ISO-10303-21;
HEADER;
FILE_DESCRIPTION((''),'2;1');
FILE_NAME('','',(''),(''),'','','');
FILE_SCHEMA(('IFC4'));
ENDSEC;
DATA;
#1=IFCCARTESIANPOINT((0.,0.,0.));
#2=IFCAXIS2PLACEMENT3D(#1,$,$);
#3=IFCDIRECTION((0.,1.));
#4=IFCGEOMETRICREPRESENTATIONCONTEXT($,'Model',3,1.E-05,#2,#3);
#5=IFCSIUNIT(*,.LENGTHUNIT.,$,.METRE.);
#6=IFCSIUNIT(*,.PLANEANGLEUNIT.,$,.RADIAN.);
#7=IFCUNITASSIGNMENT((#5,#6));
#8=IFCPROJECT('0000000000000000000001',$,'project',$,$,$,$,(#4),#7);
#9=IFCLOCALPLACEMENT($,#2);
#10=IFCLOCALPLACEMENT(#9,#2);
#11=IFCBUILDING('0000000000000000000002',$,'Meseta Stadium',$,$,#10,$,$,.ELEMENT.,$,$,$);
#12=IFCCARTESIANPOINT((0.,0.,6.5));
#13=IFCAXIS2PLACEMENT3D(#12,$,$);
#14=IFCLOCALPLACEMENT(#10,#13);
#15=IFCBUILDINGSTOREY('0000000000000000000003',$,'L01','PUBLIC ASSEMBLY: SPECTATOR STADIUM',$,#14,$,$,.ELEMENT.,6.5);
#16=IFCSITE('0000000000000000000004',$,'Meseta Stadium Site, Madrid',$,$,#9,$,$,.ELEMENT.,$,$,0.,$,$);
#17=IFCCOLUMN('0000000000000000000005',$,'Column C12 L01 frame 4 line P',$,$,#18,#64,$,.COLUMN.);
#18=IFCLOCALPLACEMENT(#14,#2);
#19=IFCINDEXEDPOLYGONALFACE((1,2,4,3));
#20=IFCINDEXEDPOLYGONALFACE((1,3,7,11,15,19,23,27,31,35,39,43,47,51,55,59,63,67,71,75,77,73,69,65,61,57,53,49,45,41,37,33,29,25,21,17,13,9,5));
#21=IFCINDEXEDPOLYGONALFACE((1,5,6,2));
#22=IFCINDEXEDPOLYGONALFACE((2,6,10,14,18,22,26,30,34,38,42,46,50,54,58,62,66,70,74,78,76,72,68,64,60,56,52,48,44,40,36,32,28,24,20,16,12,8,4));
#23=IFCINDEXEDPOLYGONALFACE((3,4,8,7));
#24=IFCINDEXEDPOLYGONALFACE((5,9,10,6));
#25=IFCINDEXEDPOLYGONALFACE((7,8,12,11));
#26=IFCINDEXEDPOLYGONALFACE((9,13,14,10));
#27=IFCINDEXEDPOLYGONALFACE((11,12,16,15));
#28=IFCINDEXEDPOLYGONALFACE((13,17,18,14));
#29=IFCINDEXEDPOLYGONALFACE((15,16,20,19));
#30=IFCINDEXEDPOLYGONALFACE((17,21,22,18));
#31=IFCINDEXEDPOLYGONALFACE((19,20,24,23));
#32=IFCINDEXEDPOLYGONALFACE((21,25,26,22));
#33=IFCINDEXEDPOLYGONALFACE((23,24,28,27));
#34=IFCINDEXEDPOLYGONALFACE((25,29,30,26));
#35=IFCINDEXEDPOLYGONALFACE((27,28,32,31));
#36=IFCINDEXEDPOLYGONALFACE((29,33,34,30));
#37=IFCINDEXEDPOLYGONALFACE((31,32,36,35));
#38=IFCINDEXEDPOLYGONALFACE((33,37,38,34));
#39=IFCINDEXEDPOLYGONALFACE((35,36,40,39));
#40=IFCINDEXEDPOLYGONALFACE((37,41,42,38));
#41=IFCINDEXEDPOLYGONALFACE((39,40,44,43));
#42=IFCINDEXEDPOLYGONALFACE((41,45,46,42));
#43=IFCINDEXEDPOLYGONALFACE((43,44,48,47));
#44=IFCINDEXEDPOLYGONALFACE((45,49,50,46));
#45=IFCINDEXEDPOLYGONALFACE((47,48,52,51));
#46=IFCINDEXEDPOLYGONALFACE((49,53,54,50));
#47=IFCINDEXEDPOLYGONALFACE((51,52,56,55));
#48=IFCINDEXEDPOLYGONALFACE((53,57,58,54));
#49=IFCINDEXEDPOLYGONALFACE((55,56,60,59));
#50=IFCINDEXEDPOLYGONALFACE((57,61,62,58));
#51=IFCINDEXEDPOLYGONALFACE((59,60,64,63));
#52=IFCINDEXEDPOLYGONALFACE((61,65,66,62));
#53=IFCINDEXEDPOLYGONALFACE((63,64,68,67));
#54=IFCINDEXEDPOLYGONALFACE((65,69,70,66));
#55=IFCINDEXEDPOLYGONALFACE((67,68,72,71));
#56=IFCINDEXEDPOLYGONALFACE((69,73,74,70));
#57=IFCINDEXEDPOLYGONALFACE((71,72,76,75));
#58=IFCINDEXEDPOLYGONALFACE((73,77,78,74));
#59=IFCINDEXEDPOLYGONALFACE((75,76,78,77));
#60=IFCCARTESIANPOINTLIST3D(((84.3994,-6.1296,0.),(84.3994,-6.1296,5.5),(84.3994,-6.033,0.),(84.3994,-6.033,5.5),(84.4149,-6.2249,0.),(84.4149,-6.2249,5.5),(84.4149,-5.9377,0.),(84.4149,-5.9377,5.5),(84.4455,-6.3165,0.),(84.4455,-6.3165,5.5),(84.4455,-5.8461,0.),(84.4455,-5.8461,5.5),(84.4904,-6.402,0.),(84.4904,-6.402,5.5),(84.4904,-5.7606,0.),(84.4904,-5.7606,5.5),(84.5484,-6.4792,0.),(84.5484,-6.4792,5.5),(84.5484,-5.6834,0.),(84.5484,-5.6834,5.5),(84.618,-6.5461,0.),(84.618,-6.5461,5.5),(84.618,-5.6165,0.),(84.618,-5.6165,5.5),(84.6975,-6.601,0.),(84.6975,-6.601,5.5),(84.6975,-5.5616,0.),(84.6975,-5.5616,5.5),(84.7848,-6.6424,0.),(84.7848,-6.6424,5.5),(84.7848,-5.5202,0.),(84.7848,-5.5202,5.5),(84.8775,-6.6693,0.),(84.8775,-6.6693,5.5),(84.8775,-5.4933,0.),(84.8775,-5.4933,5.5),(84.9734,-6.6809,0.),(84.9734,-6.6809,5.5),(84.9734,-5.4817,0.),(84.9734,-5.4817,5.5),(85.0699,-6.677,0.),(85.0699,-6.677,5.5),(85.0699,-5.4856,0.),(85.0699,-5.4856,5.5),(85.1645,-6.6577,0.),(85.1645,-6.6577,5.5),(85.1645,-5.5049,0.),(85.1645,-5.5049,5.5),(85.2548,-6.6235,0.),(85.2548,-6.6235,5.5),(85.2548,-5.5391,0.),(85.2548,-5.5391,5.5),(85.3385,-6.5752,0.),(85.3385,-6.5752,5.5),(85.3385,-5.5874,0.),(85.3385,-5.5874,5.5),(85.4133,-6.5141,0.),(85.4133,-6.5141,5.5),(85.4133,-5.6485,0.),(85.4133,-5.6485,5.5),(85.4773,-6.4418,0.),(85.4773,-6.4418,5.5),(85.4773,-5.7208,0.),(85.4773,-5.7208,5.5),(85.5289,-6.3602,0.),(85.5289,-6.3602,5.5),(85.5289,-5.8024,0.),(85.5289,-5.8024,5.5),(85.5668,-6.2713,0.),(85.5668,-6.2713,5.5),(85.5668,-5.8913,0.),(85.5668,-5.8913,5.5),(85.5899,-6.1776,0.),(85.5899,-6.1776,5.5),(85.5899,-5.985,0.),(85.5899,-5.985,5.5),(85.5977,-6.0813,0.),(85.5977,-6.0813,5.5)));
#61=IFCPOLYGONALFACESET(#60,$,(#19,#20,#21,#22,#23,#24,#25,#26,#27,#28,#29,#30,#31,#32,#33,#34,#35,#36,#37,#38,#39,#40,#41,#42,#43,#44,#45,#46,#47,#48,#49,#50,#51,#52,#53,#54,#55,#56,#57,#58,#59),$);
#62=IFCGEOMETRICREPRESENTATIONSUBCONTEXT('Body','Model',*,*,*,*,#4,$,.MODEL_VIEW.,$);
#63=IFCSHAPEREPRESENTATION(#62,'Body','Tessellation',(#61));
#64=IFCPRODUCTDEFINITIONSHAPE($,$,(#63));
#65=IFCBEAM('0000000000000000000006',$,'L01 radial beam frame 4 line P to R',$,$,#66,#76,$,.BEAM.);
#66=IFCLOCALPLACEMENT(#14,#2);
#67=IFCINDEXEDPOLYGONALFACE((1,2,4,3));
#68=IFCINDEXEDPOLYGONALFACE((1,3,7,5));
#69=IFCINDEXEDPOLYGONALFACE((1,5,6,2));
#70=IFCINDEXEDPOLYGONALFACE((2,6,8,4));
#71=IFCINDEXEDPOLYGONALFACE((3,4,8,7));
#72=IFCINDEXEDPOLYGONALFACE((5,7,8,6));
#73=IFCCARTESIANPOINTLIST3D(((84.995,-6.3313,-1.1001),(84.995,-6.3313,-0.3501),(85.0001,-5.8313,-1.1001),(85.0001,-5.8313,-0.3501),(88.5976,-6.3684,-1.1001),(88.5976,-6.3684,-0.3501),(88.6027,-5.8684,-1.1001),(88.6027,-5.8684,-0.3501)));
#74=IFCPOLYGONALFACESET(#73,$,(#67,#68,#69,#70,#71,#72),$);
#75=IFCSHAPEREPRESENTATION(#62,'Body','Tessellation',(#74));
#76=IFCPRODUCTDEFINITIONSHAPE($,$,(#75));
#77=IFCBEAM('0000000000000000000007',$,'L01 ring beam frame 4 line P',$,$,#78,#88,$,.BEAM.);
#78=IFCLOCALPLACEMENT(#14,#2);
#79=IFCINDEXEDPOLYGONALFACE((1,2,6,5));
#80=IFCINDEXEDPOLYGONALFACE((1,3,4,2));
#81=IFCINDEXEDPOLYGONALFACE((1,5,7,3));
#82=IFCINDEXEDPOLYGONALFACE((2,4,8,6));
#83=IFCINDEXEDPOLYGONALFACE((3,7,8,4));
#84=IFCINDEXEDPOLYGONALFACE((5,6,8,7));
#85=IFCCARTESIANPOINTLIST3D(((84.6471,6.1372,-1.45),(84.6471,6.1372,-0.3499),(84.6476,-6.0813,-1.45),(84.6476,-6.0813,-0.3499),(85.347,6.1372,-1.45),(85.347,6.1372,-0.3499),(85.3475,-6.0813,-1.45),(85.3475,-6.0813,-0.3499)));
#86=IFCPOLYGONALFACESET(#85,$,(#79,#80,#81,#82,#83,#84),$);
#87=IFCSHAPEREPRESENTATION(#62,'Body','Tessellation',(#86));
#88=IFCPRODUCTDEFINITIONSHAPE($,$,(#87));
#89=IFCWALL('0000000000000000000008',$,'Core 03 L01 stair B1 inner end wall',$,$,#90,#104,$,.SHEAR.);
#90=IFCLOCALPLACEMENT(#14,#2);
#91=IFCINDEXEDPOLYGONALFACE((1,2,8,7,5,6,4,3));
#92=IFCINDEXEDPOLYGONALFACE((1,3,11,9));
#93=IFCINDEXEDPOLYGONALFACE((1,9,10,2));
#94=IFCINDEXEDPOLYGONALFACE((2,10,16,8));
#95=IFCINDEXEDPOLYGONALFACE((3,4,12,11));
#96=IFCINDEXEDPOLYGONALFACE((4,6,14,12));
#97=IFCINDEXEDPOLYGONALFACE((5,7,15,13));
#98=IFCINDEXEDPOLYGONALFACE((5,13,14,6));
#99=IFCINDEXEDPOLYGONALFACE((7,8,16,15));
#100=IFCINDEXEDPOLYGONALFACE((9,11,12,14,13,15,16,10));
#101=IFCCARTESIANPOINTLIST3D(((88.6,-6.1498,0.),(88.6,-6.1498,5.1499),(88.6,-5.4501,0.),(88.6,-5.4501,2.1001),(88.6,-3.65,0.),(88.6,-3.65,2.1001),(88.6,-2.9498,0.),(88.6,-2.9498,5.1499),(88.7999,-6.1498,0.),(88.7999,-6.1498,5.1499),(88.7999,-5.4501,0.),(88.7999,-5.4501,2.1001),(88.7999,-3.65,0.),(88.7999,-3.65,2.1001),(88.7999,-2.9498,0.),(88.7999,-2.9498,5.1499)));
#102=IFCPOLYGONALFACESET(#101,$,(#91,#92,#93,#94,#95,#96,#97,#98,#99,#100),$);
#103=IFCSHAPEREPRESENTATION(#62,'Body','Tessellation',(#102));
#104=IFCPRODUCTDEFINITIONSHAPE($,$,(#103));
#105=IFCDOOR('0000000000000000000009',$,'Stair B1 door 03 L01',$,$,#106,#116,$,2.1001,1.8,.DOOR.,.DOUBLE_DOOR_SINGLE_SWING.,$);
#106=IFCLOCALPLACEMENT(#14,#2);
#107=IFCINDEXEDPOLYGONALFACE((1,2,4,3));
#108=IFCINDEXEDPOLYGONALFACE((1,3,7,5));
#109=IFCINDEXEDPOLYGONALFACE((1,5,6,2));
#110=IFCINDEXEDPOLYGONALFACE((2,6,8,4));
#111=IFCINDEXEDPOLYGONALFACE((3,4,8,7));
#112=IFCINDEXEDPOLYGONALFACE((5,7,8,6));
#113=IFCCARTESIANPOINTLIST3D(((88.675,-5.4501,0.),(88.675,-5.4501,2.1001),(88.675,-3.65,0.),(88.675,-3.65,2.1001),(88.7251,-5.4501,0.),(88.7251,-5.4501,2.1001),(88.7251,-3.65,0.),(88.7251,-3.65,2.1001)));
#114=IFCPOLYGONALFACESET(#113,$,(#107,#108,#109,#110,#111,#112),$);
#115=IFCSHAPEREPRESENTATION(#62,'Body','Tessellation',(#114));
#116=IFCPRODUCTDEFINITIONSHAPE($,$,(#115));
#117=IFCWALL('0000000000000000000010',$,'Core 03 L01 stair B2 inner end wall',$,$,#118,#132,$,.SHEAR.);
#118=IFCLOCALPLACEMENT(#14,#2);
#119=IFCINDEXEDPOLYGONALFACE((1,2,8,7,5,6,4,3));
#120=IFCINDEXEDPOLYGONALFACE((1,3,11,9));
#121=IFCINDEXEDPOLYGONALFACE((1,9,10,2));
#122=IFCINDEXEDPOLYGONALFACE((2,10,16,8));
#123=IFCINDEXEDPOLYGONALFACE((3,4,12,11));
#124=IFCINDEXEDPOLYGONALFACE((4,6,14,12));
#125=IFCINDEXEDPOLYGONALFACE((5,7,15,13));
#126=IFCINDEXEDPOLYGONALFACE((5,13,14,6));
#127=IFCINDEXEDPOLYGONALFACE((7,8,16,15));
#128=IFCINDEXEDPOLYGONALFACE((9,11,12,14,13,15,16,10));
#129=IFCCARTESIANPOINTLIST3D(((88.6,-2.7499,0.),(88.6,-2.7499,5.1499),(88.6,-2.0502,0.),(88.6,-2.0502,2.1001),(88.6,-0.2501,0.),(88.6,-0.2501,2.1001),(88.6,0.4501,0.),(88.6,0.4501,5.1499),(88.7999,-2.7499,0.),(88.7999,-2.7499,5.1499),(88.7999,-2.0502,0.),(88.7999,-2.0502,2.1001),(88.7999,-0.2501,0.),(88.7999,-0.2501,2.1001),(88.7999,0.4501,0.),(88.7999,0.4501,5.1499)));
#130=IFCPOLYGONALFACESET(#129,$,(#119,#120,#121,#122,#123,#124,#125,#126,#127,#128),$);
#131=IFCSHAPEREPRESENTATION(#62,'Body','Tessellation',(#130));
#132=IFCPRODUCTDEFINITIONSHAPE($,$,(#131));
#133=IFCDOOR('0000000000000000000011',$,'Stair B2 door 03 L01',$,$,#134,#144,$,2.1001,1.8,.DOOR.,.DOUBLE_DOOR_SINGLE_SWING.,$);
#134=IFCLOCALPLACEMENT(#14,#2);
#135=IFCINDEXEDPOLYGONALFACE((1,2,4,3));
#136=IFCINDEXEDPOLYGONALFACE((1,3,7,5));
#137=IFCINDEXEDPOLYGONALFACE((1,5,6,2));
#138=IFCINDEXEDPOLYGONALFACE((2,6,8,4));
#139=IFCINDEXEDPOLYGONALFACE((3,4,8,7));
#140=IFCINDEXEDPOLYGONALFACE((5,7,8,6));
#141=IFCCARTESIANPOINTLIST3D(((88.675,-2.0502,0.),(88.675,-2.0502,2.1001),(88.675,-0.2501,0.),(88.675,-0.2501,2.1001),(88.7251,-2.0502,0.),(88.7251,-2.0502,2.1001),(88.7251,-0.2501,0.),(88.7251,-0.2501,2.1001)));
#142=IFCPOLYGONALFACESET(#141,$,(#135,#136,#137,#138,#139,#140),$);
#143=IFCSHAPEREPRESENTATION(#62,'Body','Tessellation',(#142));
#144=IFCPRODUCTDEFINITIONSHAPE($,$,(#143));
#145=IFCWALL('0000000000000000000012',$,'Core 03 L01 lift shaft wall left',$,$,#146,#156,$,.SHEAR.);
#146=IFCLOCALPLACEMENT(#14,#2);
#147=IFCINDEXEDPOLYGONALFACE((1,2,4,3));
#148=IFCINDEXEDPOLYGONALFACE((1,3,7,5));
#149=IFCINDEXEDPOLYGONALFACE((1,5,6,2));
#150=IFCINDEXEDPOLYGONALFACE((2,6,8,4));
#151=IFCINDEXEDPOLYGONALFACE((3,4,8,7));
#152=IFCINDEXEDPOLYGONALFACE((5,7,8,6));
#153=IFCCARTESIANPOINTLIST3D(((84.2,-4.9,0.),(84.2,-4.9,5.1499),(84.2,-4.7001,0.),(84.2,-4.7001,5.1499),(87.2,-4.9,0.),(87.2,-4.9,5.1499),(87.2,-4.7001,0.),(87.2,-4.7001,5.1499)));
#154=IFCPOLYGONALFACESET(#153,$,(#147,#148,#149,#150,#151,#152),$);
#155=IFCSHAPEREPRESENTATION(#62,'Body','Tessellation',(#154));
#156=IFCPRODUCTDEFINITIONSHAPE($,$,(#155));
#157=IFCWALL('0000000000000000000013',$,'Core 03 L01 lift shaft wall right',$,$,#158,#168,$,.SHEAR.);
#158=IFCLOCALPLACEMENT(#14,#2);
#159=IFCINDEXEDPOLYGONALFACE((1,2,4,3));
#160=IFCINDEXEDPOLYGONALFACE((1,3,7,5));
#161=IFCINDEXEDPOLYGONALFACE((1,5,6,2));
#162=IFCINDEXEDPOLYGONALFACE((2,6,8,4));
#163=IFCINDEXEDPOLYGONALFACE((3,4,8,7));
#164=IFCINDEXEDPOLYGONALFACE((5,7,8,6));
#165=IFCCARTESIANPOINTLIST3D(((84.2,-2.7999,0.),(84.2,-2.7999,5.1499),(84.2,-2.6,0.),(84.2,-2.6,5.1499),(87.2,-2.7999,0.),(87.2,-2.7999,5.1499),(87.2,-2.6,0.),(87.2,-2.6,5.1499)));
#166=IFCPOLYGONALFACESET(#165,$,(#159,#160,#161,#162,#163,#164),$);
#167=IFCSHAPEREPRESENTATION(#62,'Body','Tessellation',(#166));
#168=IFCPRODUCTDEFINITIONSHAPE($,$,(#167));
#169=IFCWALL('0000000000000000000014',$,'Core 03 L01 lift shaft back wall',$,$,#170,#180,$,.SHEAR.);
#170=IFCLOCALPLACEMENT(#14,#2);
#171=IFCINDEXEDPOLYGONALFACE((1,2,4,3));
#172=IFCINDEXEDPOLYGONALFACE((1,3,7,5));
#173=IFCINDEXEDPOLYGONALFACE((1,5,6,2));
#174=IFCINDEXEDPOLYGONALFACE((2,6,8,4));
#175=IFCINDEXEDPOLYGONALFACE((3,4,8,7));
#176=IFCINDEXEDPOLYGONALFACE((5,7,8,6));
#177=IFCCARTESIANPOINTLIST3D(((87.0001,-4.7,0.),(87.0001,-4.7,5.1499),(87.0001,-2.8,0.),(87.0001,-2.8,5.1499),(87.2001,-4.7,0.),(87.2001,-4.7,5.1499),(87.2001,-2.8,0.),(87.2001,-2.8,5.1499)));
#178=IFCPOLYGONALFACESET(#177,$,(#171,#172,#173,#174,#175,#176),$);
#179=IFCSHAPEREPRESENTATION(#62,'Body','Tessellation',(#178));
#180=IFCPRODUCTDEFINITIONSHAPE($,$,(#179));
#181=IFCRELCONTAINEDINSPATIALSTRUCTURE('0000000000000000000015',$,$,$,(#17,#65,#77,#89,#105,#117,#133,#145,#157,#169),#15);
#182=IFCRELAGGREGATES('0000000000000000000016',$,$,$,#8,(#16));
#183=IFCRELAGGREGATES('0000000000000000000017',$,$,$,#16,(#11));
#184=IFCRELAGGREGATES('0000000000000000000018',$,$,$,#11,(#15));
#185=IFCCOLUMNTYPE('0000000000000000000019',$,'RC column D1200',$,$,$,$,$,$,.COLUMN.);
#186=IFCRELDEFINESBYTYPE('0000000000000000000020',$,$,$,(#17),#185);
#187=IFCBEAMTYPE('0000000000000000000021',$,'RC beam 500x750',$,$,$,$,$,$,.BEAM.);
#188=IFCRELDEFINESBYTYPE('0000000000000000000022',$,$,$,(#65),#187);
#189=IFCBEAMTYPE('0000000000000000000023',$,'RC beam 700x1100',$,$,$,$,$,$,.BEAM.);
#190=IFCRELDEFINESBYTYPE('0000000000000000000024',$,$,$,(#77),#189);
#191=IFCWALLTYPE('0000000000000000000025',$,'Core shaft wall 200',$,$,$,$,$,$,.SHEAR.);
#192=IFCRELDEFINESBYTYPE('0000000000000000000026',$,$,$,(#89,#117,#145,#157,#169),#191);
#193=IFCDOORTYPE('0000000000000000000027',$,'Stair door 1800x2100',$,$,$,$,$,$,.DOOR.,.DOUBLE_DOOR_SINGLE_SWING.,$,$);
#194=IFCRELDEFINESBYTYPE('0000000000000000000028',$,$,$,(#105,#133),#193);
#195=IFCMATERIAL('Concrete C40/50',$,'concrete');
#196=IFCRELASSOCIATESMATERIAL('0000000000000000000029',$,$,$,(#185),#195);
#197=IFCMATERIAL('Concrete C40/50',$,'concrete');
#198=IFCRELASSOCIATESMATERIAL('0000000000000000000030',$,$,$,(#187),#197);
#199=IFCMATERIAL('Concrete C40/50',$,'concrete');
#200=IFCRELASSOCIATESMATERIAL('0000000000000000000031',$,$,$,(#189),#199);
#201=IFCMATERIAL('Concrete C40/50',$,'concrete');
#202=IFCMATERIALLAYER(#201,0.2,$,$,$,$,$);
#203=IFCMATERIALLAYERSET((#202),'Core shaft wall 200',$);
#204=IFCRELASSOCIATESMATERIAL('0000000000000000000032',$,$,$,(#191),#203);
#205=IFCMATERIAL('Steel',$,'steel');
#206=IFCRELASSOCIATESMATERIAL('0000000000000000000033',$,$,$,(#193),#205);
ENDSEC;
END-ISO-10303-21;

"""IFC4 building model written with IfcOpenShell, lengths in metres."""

from ifc_helpers import new_model, si_unit, direction, frame, frame_2d, origin, origin_2d, place, context, subcontext, project, spatial, rectangle, circle, extrude, material, layer, layer_set, material_profile, profile_set, type_object, element, fill, save


model = new_model("IFC4")

# Units and contexts
model_context = context("Model", 3, precision=1e-05, world=origin(), true_north=direction((0.0, 1.0)))
body_context = subcontext(model_context, "Body", "Model", "MODEL_VIEW")
ifc_project = project(units=[si_unit("LENGTHUNIT", "METRE"), si_unit("PLANEANGLEUNIT", "RADIAN")], contexts=[model_context])

# Site, building, storey
site_placement = place(None, origin())
site = spatial("IfcSite", under=ifc_project, at=site_placement, Name="Meseta Stadium Site, Madrid", CompositionType="ELEMENT", RefElevation=0.0)
building_placement = place(site_placement, origin())
building = spatial("IfcBuilding", under=site, at=building_placement, Name="Meseta Stadium", CompositionType="ELEMENT")
storey_placement = place(building_placement, frame((0.0, 0.0, 6.5)))
storey = spatial("IfcBuildingStorey", under=building, at=storey_placement, Name="L01", Description="PUBLIC ASSEMBLY: SPECTATOR STADIUM", CompositionType="ELEMENT", Elevation=6.5)

# Column
ifc_material_1 = material(Name="Concrete C40/50", Category="concrete")
ifc_material_profile_1 = material_profile(ifc_material_1, circle(Radius=0.6001, at=origin_2d()), Name="RC D1200")
ifc_profile_set_1 = profile_set([ifc_material_profile_1], Name="Concrete C40/50")
column_type = type_object("IfcColumnType", Name="RC column D1200", PredefinedType="COLUMN", material=ifc_profile_set_1)
column_placement = place(storey_placement, frame((84.9976, -6.0813, 0.0), z_axis=(0.0, 0.0, 1.0), x_axis=(1.0, 0.0, 0.0)))
element("IfcColumn", 1, at=column_placement, inside=storey, type_object=column_type, Name="Column C12 L01 frame 4 line P", PredefinedType="COLUMN", context=body_context, shape_type="SweptSolid", body=[
    extrude(circle(Radius=0.6001, at=origin_2d()), origin(), (0.0, 0.0, 1.0), 5.5),
])

# Beams
ifc_material_2 = material(Name="Concrete C40/50", Category="concrete")
ifc_material_profile_2 = material_profile(ifc_material_2, rectangle(XDim=0.5, YDim=0.75, at=origin_2d()), Name="RC 500x750")
ifc_profile_set_2 = profile_set([ifc_material_profile_2], Name="Concrete C40/50")
beam_type_1 = type_object("IfcBeamType", Name="RC beam 500x750", PredefinedType="BEAM", material=ifc_profile_set_2)
beam_1_placement = place(storey_placement, frame((84.9976, -6.0813, -0.7251), z_axis=(0.999947, -0.0103, 0.0), x_axis=(0.0103, 0.999947, 0.0)))
element("IfcBeam", 2, at=beam_1_placement, inside=storey, type_object=beam_type_1, Name="L01 radial beam frame 4 line P to R", PredefinedType="BEAM", context=body_context, shape_type="SweptSolid", body=[
    extrude(rectangle(XDim=0.5, YDim=0.75, at=origin_2d()), origin(), (0.0, 0.0, 1.0), 3.6028),
])
ifc_material_3 = material(Name="Concrete C40/50", Category="concrete")
ifc_material_profile_3 = material_profile(ifc_material_3, rectangle(XDim=0.7, YDim=1.1001, at=origin_2d()), Name="RC 700x1100")
ifc_profile_set_3 = profile_set([ifc_material_profile_3], Name="Concrete C40/50")
beam_type_2 = type_object("IfcBeamType", Name="RC beam 700x1100", PredefinedType="BEAM", material=ifc_profile_set_3)
beam_2_placement = place(storey_placement, frame((84.9976, -6.0813, -0.8999), z_axis=(-0.00004, 1.0, 0.0), x_axis=(-1.0, -0.00004, 0.0)))
element("IfcBeam", 3, at=beam_2_placement, inside=storey, type_object=beam_type_2, Name="L01 ring beam frame 4 line P", PredefinedType="BEAM", context=body_context, shape_type="SweptSolid", body=[
    extrude(rectangle(XDim=0.7, YDim=1.1001, at=origin_2d()), origin(), (0.0, 0.0, 1.0), 12.2185),
])

# Walls, openings, doors
ifc_material_4 = material(Name="Concrete C40/50", Category="concrete")
ifc_layer_1 = layer(ifc_material_4, 0.2)
ifc_layer_set_1 = layer_set([ifc_layer_1], Name="Core shaft wall 200")
wall_type_1 = type_object("IfcWallType", Name="Core shaft wall 200", PredefinedType="SHEAR", material=ifc_layer_set_1)
wall_1_placement = place(storey_placement, frame((88.7, -6.1499, 0.0), z_axis=(0.0, 0.0, 1.0), x_axis=(0.0, 1.0, 0.0)))
wall_1 = element("IfcWall", 4, at=wall_1_placement, inside=storey, type_object=wall_type_1, Name="Core 03 L01 stair B1 inner end wall", PredefinedType="SHEAR", context=body_context, shape_type="SweptSolid", body=[
    extrude(rectangle(XDim=3.2, YDim=0.2, at=frame_2d((1.6001, 0.0))), origin(), (0.0, 0.0, 1.0), 5.1499),
])
opening_1_placement = place(wall_1_placement, frame((0.7, 0.0, 0.0)))
opening_1 = element("IfcOpeningElement", 5, at=opening_1_placement, cuts=wall_1, PredefinedType="OPENING", context=body_context, shape_type="SweptSolid", body=[
    extrude(rectangle(XDim=1.8, YDim=2.1001, at=frame_2d((0.8999, 1.05))), frame((0.0, 0.1099, 0.0), z_axis=(0.0, -1.0, 0.0), x_axis=(1.0, 0.0, 0.0)), (0.0, 0.0, 1.0), 0.22),
])
ifc_material_5 = material(Name="Steel", Category="steel")
door_type_1 = type_object("IfcDoorType", Name="Stair door 1800x2100", OperationType="DOUBLE_DOOR_SINGLE_SWING", PredefinedType="DOOR", material=ifc_material_5)
door_1_placement = place(opening_1_placement, origin())
door_1 = element("IfcDoor", 6, at=door_1_placement, inside=storey, type_object=door_type_1, Name="Stair B1 door 03 L01", OperationType="DOUBLE_DOOR_SINGLE_SWING", OverallHeight=2.1001, OverallWidth=1.8, PredefinedType="DOOR", context=body_context, shape_type="SweptSolid", body=[
    extrude(rectangle(XDim=1.8, YDim=2.1001, at=frame_2d((0.8999, 1.05))), frame((0.0, 0.0249, 0.0), z_axis=(0.0, -1.0, 0.0), x_axis=(1.0, 0.0, 0.0)), (0.0, 0.0, 1.0), 0.05),
])
fill(opening_1, door_1)
wall_2_placement = place(storey_placement, frame((88.7, -2.75, 0.0), z_axis=(0.0, 0.0, 1.0), x_axis=(0.0, 1.0, 0.0)))
wall_2 = element("IfcWall", 7, at=wall_2_placement, inside=storey, type_object=wall_type_1, Name="Core 03 L01 stair B2 inner end wall", PredefinedType="SHEAR", context=body_context, shape_type="SweptSolid", body=[
    extrude(rectangle(XDim=3.2, YDim=0.2, at=frame_2d((1.6001, 0.0))), origin(), (0.0, 0.0, 1.0), 5.1499),
])
opening_2_placement = place(wall_2_placement, frame((0.7, 0.0, 0.0)))
opening_2 = element("IfcOpeningElement", 8, at=opening_2_placement, cuts=wall_2, PredefinedType="OPENING", context=body_context, shape_type="SweptSolid", body=[
    extrude(rectangle(XDim=1.8, YDim=2.1001, at=frame_2d((0.8999, 1.05))), frame((0.0, 0.1099, 0.0), z_axis=(0.0, -1.0, 0.0), x_axis=(1.0, 0.0, 0.0)), (0.0, 0.0, 1.0), 0.22),
])
door_2_placement = place(opening_2_placement, origin())
door_2 = element("IfcDoor", 9, at=door_2_placement, inside=storey, type_object=door_type_1, Name="Stair B2 door 03 L01", OperationType="DOUBLE_DOOR_SINGLE_SWING", OverallHeight=2.1001, OverallWidth=1.8, PredefinedType="DOOR", context=body_context, shape_type="SweptSolid", body=[
    extrude(rectangle(XDim=1.8, YDim=2.1001, at=frame_2d((0.8999, 1.05))), frame((0.0, 0.0249, 0.0), z_axis=(0.0, -1.0, 0.0), x_axis=(1.0, 0.0, 0.0)), (0.0, 0.0, 1.0), 0.05),
])
fill(opening_2, door_2)

# Walls
for number, where, z_axis, x_axis, name in (
    (10, (87.2, -4.8, 0.0), (0.0, 0.0, 1.0), (-1.0, 0.0, 0.0), "Core 03 L01 lift shaft wall left"),
    (11, (87.2, -2.7, 0.0), (0.0, 0.0, 1.0), (-1.0, 0.0, 0.0), "Core 03 L01 lift shaft wall right"),
):
    element("IfcWall", number, at=place(storey_placement, frame(where, z_axis=z_axis, x_axis=x_axis)), inside=storey, type_object=wall_type_1, Name=name, PredefinedType="SHEAR", context=body_context, shape_type="SweptSolid", body=[
        extrude(rectangle(XDim=3.0, YDim=0.2, at=frame_2d((1.5, 0.0))), origin(), (0.0, 0.0, 1.0), 5.1499),
    ])
wall_3_placement = place(storey_placement, frame((87.1001, -4.7, 0.0), z_axis=(0.0, 0.0, 1.0), x_axis=(0.0, 1.0, 0.0)))
element("IfcWall", 12, at=wall_3_placement, inside=storey, type_object=wall_type_1, Name="Core 03 L01 lift shaft back wall", PredefinedType="SHEAR", context=body_context, shape_type="SweptSolid", body=[
    extrude(rectangle(XDim=1.8999, YDim=0.2, at=frame_2d((0.95, 0.0))), origin(), (0.0, 0.0, 1.0), 5.1499),
])

save(model, "model.ifc")
